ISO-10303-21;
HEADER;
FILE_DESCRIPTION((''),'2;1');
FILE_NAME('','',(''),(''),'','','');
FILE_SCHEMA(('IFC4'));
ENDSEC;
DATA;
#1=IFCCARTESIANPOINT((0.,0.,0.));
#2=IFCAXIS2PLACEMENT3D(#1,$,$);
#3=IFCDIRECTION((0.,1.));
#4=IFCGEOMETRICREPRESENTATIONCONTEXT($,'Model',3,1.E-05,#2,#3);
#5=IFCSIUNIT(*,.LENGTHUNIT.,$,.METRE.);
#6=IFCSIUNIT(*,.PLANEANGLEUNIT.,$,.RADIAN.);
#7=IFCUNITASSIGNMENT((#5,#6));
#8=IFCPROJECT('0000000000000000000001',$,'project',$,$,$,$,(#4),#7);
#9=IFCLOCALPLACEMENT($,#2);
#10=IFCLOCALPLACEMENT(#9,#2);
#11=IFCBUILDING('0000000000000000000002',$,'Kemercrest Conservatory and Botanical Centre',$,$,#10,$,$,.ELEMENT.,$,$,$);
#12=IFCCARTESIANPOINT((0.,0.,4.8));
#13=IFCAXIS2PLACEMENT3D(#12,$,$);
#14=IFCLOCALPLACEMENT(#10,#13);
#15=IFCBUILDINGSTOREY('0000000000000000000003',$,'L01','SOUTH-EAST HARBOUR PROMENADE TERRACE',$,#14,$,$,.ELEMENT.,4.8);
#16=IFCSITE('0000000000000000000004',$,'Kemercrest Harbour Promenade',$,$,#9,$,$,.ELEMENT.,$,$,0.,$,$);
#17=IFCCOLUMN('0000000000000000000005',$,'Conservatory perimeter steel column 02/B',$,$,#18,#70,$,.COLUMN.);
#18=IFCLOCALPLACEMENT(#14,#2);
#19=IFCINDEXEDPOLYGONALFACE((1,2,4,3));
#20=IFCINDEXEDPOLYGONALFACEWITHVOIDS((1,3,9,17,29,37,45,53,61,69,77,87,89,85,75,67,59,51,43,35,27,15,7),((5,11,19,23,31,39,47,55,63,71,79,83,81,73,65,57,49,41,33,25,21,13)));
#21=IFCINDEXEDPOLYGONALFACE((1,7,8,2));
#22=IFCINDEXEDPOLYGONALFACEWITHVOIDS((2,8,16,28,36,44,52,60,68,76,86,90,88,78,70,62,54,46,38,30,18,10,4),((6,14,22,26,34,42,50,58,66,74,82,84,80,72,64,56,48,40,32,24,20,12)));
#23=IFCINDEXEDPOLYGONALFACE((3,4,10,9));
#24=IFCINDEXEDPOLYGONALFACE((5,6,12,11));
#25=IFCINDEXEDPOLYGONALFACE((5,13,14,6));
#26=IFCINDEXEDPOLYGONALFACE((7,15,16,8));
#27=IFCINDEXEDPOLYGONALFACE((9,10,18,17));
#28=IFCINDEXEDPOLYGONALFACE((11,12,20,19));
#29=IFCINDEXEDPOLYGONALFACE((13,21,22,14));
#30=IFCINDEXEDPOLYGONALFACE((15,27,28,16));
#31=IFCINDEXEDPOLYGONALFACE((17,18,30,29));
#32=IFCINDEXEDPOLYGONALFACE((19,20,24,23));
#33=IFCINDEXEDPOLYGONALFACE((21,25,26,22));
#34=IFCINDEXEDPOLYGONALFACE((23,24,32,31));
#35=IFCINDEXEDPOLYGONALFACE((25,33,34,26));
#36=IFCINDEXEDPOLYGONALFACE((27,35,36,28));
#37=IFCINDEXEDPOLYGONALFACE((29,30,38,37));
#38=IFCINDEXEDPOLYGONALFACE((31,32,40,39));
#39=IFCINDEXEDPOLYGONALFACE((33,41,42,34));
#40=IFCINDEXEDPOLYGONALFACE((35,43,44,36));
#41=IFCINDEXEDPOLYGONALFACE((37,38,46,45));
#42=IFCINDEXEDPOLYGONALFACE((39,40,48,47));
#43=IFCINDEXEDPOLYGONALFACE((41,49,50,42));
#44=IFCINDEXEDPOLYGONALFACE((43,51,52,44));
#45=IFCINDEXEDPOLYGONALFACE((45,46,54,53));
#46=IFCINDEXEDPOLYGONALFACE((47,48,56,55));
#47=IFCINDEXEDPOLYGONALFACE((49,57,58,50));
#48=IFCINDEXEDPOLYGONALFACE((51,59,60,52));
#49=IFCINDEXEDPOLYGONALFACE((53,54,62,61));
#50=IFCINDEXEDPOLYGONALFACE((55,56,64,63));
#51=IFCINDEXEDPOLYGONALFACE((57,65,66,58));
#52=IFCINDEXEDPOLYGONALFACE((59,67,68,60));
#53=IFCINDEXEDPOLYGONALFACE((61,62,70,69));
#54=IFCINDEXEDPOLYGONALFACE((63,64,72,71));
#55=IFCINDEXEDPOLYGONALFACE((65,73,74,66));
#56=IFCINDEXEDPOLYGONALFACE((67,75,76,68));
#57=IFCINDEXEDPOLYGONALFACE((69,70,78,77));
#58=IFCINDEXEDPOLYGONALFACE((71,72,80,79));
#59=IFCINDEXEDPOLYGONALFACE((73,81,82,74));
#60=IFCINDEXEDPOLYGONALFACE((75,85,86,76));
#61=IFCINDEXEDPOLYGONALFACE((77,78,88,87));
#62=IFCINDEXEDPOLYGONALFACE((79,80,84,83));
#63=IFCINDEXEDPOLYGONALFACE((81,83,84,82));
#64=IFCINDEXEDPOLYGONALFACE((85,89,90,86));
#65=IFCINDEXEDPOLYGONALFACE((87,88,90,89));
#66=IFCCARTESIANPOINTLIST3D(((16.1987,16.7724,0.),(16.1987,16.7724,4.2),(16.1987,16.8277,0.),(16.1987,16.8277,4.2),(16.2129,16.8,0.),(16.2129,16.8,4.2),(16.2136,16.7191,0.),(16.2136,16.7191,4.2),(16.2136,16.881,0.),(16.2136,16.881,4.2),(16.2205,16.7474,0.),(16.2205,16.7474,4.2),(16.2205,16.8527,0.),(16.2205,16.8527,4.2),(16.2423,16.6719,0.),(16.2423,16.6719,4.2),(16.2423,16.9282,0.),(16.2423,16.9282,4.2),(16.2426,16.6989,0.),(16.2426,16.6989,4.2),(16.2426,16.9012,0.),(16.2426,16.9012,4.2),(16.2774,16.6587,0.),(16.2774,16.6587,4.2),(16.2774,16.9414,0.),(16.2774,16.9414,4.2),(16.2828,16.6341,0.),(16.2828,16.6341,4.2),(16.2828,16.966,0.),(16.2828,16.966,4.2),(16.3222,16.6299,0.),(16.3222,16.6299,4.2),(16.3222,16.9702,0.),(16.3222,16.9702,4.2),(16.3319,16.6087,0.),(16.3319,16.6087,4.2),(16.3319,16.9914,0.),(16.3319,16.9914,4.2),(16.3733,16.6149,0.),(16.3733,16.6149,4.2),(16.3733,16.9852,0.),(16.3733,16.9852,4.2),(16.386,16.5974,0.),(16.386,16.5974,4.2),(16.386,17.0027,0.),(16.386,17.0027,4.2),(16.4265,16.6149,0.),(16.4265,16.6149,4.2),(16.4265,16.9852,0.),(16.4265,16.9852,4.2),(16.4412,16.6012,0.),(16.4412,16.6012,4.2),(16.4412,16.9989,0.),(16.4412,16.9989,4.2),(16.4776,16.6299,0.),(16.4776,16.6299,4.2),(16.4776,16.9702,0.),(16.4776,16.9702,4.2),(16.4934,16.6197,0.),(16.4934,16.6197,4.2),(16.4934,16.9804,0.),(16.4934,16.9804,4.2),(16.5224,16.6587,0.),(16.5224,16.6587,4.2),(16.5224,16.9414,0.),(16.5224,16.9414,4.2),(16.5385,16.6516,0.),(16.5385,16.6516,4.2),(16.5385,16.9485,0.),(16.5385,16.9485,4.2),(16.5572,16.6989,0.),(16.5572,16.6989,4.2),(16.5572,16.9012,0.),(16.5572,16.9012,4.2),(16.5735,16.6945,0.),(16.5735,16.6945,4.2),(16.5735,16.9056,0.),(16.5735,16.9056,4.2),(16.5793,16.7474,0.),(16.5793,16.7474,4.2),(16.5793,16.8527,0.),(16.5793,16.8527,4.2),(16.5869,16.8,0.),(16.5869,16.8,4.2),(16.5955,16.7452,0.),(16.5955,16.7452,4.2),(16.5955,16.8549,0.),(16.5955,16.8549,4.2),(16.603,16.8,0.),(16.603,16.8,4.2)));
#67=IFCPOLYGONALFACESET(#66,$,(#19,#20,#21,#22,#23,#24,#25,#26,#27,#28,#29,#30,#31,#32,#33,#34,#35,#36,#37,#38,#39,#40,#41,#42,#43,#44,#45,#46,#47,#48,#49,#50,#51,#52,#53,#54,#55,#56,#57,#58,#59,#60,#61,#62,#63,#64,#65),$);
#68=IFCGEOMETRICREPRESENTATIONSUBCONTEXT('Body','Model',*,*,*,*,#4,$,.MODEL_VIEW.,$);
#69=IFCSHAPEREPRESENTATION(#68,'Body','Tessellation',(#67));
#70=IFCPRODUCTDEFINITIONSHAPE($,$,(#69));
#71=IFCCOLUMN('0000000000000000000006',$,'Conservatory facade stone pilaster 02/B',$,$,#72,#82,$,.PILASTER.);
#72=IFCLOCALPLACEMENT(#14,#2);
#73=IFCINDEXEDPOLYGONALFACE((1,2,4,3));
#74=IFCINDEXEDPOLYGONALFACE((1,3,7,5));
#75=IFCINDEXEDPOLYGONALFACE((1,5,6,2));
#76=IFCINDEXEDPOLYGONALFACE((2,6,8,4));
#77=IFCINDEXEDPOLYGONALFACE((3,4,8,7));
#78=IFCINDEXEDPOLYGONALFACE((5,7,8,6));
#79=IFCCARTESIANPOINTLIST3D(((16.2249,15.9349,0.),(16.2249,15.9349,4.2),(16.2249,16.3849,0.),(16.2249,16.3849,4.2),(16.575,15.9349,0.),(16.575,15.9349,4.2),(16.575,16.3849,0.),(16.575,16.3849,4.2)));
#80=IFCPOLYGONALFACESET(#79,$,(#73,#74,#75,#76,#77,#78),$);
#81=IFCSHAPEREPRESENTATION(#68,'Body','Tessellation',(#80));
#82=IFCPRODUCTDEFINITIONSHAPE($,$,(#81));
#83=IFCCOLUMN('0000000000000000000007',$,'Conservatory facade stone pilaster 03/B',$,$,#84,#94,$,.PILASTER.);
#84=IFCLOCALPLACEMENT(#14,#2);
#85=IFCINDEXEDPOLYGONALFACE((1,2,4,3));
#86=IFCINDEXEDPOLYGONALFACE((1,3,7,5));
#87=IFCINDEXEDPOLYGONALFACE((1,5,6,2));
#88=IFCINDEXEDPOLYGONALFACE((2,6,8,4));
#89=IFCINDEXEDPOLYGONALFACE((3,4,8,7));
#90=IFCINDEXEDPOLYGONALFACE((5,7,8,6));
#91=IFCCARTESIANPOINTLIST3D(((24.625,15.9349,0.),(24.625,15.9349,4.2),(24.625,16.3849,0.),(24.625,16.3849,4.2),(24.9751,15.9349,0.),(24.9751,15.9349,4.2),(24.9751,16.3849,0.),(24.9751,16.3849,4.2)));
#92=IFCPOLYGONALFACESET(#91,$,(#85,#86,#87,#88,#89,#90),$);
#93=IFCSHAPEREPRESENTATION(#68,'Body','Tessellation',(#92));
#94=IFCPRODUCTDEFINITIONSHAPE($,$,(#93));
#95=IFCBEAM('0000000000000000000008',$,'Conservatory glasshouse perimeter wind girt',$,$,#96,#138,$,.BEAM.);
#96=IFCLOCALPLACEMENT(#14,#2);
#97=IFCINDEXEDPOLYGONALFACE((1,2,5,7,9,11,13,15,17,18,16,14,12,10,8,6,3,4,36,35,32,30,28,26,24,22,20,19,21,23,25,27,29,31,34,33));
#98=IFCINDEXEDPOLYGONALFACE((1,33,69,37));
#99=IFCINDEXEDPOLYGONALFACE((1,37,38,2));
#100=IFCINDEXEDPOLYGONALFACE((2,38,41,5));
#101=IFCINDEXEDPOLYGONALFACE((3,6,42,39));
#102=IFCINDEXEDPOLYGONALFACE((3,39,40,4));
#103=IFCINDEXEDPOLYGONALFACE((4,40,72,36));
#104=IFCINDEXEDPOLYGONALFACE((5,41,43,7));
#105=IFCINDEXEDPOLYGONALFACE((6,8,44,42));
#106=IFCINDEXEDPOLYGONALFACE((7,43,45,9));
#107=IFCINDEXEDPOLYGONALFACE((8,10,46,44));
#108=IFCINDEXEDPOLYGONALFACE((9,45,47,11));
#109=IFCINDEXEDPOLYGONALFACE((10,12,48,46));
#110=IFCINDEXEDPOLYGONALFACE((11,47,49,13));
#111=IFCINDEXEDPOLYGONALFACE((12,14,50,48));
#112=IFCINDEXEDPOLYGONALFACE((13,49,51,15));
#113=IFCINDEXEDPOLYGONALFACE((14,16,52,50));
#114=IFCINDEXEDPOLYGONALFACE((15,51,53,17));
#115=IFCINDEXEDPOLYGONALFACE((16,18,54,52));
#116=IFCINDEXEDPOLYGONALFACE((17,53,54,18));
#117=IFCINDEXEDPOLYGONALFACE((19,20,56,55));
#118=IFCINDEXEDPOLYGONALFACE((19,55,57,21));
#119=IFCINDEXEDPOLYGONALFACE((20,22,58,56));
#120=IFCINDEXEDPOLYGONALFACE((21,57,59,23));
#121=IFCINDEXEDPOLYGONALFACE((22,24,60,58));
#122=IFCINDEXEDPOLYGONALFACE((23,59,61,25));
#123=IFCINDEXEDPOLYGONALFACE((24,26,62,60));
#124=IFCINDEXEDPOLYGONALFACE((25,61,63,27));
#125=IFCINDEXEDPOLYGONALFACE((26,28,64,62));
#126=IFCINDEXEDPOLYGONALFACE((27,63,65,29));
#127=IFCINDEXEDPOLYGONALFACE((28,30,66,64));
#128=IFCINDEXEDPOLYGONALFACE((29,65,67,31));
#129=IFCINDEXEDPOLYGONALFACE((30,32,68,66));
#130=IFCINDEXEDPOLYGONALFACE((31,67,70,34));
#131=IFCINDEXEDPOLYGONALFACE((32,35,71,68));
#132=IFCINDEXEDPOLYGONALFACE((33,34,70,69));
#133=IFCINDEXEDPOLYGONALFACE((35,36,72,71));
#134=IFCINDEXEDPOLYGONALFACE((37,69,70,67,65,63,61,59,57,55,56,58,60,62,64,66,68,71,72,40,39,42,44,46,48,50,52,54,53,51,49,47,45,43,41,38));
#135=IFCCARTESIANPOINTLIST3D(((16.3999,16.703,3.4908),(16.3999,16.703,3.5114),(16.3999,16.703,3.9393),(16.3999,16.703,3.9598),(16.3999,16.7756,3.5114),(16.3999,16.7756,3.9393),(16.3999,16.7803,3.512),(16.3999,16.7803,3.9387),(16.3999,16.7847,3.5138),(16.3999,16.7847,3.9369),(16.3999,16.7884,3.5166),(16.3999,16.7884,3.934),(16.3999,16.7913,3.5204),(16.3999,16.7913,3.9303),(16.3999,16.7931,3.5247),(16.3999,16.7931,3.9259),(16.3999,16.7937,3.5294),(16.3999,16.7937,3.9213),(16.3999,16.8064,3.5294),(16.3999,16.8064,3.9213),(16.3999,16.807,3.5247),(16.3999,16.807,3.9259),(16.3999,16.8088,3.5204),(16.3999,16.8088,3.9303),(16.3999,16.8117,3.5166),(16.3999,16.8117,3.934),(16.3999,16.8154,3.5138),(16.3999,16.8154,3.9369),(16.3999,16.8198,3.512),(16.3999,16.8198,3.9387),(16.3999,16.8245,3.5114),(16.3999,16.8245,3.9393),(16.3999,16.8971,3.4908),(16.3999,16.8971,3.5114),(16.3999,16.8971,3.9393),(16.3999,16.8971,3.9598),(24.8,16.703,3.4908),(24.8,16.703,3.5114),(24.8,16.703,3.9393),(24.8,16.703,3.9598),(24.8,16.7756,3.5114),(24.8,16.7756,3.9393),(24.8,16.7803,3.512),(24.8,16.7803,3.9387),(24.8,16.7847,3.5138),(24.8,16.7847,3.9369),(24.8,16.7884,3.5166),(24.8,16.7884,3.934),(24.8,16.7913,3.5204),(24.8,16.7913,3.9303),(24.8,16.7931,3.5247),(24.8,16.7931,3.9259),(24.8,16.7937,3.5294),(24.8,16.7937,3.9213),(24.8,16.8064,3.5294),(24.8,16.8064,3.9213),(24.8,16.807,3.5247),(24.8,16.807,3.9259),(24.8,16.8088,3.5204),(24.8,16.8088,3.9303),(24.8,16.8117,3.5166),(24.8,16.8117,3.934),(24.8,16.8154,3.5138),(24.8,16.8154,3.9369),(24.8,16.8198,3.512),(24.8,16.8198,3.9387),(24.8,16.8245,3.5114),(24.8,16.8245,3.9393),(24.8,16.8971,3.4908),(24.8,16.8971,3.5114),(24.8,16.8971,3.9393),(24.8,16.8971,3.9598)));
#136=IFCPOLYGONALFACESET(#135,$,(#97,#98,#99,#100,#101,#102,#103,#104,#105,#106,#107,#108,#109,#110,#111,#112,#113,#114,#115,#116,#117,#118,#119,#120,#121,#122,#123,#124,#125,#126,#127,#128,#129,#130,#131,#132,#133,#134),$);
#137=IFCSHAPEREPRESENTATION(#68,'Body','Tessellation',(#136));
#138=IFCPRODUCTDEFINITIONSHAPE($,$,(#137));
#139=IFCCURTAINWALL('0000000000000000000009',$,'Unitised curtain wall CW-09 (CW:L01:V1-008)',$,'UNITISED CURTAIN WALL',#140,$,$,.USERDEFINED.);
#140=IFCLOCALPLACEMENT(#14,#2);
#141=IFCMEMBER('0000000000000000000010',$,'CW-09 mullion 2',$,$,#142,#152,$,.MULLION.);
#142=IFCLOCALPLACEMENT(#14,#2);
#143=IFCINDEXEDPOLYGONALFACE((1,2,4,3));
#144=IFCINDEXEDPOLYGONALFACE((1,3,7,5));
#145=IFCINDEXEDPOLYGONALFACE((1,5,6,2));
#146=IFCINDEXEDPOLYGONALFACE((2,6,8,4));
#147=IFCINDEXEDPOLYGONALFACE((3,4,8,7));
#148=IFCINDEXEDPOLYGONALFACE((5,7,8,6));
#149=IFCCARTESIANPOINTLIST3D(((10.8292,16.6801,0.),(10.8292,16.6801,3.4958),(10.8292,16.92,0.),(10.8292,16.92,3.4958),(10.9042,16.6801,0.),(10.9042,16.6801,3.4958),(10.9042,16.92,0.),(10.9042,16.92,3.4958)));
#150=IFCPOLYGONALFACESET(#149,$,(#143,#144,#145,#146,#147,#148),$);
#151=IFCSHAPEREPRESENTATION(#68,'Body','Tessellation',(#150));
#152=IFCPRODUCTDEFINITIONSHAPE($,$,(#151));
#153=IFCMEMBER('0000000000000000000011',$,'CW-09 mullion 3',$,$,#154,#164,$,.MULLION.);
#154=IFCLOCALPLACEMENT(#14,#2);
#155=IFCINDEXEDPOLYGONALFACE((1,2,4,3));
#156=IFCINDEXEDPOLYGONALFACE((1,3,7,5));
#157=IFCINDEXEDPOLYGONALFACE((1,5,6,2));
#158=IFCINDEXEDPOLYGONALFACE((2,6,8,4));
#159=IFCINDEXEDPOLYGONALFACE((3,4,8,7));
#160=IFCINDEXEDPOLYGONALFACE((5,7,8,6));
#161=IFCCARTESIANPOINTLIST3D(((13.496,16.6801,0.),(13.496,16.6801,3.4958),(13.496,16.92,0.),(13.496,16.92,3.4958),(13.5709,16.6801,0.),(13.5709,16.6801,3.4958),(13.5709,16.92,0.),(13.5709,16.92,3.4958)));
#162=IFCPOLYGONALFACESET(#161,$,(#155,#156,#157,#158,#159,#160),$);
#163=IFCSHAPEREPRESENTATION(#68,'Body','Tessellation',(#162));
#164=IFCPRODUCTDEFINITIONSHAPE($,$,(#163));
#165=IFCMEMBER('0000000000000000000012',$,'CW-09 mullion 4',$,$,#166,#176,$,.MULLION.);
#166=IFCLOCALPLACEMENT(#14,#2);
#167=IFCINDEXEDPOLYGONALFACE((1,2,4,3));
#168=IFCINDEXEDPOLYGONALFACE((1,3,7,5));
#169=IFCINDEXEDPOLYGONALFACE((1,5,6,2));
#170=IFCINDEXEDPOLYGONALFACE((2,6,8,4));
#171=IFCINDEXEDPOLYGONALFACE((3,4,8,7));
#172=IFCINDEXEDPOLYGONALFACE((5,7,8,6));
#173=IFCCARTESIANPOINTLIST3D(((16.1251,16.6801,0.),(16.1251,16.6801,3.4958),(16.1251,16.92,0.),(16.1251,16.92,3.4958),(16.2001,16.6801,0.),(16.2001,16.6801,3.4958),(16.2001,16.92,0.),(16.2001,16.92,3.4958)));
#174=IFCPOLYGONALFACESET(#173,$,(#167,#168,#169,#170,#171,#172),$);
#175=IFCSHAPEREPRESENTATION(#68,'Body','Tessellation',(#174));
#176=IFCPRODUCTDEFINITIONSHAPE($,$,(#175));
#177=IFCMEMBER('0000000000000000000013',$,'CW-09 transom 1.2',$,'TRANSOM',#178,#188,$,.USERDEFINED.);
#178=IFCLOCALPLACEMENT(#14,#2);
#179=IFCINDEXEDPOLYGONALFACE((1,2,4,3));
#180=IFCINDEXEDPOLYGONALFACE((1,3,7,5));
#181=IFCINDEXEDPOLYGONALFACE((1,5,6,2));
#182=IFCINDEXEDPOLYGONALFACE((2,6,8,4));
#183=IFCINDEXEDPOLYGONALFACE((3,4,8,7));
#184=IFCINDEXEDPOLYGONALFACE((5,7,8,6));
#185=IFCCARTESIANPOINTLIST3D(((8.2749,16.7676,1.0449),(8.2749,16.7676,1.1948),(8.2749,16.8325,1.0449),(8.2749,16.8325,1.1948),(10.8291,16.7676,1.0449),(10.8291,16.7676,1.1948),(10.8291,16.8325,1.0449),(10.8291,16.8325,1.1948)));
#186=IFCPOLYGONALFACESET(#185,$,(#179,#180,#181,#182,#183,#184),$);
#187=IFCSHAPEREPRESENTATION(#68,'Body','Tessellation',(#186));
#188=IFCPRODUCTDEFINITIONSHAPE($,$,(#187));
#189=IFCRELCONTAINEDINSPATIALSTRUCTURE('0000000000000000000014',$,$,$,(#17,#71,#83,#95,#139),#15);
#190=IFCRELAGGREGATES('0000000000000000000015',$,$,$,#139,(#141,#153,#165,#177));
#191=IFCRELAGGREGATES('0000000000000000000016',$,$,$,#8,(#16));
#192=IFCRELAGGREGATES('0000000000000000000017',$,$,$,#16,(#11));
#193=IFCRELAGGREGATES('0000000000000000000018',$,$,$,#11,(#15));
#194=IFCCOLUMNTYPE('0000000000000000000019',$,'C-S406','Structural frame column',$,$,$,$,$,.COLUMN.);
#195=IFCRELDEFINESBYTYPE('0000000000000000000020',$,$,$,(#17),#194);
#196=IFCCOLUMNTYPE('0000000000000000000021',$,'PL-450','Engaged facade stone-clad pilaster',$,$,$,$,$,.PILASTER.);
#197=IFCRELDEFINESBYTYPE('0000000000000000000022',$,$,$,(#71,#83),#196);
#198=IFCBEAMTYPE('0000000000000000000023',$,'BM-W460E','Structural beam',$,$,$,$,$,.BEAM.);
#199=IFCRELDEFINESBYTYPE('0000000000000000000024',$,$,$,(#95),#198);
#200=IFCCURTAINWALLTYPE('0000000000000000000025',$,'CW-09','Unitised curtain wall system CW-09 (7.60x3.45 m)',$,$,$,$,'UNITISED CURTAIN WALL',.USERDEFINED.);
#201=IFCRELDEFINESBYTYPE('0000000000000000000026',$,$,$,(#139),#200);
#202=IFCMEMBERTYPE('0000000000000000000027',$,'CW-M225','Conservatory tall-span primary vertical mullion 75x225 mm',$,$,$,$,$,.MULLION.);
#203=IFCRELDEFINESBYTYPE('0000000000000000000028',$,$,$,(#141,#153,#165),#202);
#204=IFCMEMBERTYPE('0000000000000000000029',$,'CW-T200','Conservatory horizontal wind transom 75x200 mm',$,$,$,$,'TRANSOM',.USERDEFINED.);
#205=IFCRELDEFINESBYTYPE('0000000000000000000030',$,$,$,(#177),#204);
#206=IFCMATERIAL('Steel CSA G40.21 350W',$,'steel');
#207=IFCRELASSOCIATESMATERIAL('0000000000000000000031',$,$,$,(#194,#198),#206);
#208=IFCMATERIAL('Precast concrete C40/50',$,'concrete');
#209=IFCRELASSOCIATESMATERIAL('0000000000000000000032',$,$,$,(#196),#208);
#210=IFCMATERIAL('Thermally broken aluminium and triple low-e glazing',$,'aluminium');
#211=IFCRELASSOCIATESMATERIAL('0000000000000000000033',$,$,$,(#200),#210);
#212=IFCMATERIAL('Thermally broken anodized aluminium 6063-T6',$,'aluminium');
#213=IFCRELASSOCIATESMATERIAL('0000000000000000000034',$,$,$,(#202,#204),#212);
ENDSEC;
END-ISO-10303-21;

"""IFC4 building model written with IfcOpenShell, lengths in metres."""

from ifc_helpers import new_model, si_unit, direction, frame, origin, origin_2d, place, context, subcontext, project, spatial, rectangle, hollow_circle, i_section, extrude, material, material_profile, profile_set, type_object, element, aggregate, save


model = new_model("IFC4")

# Units and contexts
model_context = context("Model", 3, precision=1e-05, world=origin(), true_north=direction((0.0, 1.0)))
body_context = subcontext(model_context, "Body", "Model", "MODEL_VIEW")
ifc_project = project(units=[si_unit("LENGTHUNIT", "METRE"), si_unit("PLANEANGLEUNIT", "RADIAN")], contexts=[model_context])

# Site, building, storey
site_placement = place(None, origin())
site = spatial("IfcSite", under=ifc_project, at=site_placement, Name="Kemercrest Harbour Promenade", CompositionType="ELEMENT", RefElevation=0.0)
building_placement = place(site_placement, origin())
building = spatial("IfcBuilding", under=site, at=building_placement, Name="Kemercrest Conservatory and Botanical Centre", CompositionType="ELEMENT")
storey_placement = place(building_placement, frame((0.0, 0.0, 4.8)))
storey = spatial("IfcBuildingStorey", under=building, at=storey_placement, Name="L01", Description="SOUTH-EAST HARBOUR PROMENADE TERRACE", CompositionType="ELEMENT", Elevation=4.8)

# Columns
ifc_material_1 = material(Name="Steel CSA G40.21 350W", Category="steel")
ifc_material_profile_1 = material_profile(ifc_material_1, hollow_circle(Radius=0.2031, WallThickness=0.0161, at=origin_2d()), Name="CHS 406.4x16.0")
ifc_profile_set_1 = profile_set([ifc_material_profile_1], Name="Steel CSA G40.21 350W")
column_type_1 = type_object("IfcColumnType", Name="C-S406", Description="Structural frame column", PredefinedType="COLUMN", material=ifc_profile_set_1)
column_placement = place(storey_placement, frame((16.3999, 16.8, 0.0), z_axis=(0.0, 0.0, 1.0), x_axis=(1.0, 0.0, 0.0)))
element("IfcColumn", 1, at=column_placement, inside=storey, type_object=column_type_1, Name="Conservatory perimeter steel column 02/B", PredefinedType="COLUMN", context=body_context, shape_type="SweptSolid", body=[
    extrude(hollow_circle(Radius=0.2031, WallThickness=0.0161, at=origin_2d()), origin(), (0.0, 0.0, 1.0), 4.2),
])
ifc_material_2 = material(Name="Precast concrete C40/50", Category="concrete")
ifc_material_profile_2 = material_profile(ifc_material_2, rectangle(XDim=0.3501, YDim=0.45, at=origin_2d()), Name="RC 450x350")
ifc_profile_set_2 = profile_set([ifc_material_profile_2], Name="Precast concrete C40/50")
column_type_2 = type_object("IfcColumnType", Name="PL-450", Description="Engaged facade stone-clad pilaster", PredefinedType="PILASTER", material=ifc_profile_set_2)
for number, where, z_axis, x_axis, name in (
    (2, (16.3999, 16.1599, 0.0), (0.0, 0.0, 1.0), (1.0, 0.0, 0.0), "Conservatory facade stone pilaster 02/B"),
    (3, (24.8, 16.1599, 0.0), (0.0, 0.0, 1.0), (1.0, 0.0, 0.0), "Conservatory facade stone pilaster 03/B"),
):
    element("IfcColumn", number, at=place(storey_placement, frame(where, z_axis=z_axis, x_axis=x_axis)), inside=storey, type_object=column_type_2, Name=name, PredefinedType="PILASTER", context=body_context, shape_type="SweptSolid", body=[
        extrude(rectangle(XDim=0.3501, YDim=0.45, at=origin_2d()), origin(), (0.0, 0.0, 1.0), 4.2),
    ])

# Beam
ifc_material_profile_3 = material_profile(ifc_material_1, i_section(OverallWidth=0.1941, OverallDepth=0.469, WebThickness=0.0127, FlangeThickness=0.0205, FilletRadius=0.0181, at=origin_2d()), Name="W460X106")
ifc_profile_set_3 = profile_set([ifc_material_profile_3], Name="Steel CSA G40.21 350W")
beam_type = type_object("IfcBeamType", Name="BM-W460E", Description="Structural beam", PredefinedType="BEAM", material=ifc_profile_set_3)
beam_placement = place(storey_placement, frame((16.3999, 16.8, 3.7253), z_axis=(1.0, 0.0, 0.0), x_axis=(0.0, 1.0, 0.0)))
element("IfcBeam", 4, at=beam_placement, inside=storey, type_object=beam_type, Name="Conservatory glasshouse perimeter wind girt", PredefinedType="BEAM", context=body_context, shape_type="SweptSolid", body=[
    extrude(i_section(OverallWidth=0.1941, OverallDepth=0.469, WebThickness=0.0127, FlangeThickness=0.0205, FilletRadius=0.0181, at=origin_2d()), origin(), (0.0, 0.0, 1.0), 8.4001),
])

# Curtain wall, members
ifc_material_3 = material(Name="Thermally broken aluminium and triple low-e glazing", Category="aluminium")
curtain_wall_type = type_object("IfcCurtainWallType", Name="CW-09", Description="Unitised curtain wall system CW-09 (7.60x3.45 m)", ElementType="UNITISED CURTAIN WALL", PredefinedType="USERDEFINED", material=ifc_material_3)
curtain_wall_placement = place(storey_placement, origin())
curtain_wall = element("IfcCurtainWall", 5, at=curtain_wall_placement, inside=storey, type_object=curtain_wall_type, Name="Unitised curtain wall CW-09 (CW:L01:V1-008)", ObjectType="UNITISED CURTAIN WALL", PredefinedType="USERDEFINED")
ifc_material_4 = material(Name="Thermally broken anodized aluminium 6063-T6", Category="aluminium")
ifc_material_profile_4 = material_profile(ifc_material_4, rectangle(XDim=0.24, YDim=0.075, at=origin_2d()), Name="AL MULLION 75x240")
ifc_profile_set_4 = profile_set([ifc_material_profile_4], Name="Thermally broken anodized aluminium 6063-T6")
member_type_1 = type_object("IfcMemberType", Name="CW-M225", Description="Conservatory tall-span primary vertical mullion 75x225 mm", PredefinedType="MULLION", material=ifc_profile_set_4)
member_1_placement = place(storey_placement, frame((10.8667, 16.8, 0.0), z_axis=(0.0, 0.0, 1.0), x_axis=(0.0, 1.0, 0.0)))
member_1 = element("IfcMember", 6, at=member_1_placement, type_object=member_type_1, Name="CW-09 mullion 2", PredefinedType="MULLION", context=body_context, shape_type="SweptSolid", body=[
    extrude(rectangle(XDim=0.24, YDim=0.075, at=origin_2d()), origin(), (0.0, 0.0, 1.0), 3.4958),
])
member_2_placement = place(storey_placement, frame((13.5334, 16.8, 0.0), z_axis=(0.0, 0.0, 1.0), x_axis=(0.0, 1.0, 0.0)))
member_2 = element("IfcMember", 7, at=member_2_placement, type_object=member_type_1, Name="CW-09 mullion 3", PredefinedType="MULLION", context=body_context, shape_type="SweptSolid", body=[
    extrude(rectangle(XDim=0.24, YDim=0.075, at=origin_2d()), origin(), (0.0, 0.0, 1.0), 3.4958),
])
member_3_placement = place(storey_placement, frame((16.1626, 16.8, 0.0), z_axis=(0.0, 0.0, 1.0), x_axis=(0.0, 1.0, 0.0)))
member_3 = element("IfcMember", 8, at=member_3_placement, type_object=member_type_1, Name="CW-09 mullion 4", PredefinedType="MULLION", context=body_context, shape_type="SweptSolid", body=[
    extrude(rectangle(XDim=0.24, YDim=0.075, at=origin_2d()), origin(), (0.0, 0.0, 1.0), 3.4958),
])
ifc_material_profile_5 = material_profile(ifc_material_4, rectangle(XDim=0.0649, YDim=0.1499, at=origin_2d()), Name="AL TRANSOM 65x150")
ifc_profile_set_5 = profile_set([ifc_material_profile_5], Name="Thermally broken anodized aluminium 6063-T6")
member_type_2 = type_object("IfcMemberType", Name="CW-T200", Description="Conservatory horizontal wind transom 75x200 mm", ElementType="TRANSOM", PredefinedType="USERDEFINED", material=ifc_profile_set_5)
member_4_placement = place(storey_placement, frame((8.2749, 16.8, 1.1199), z_axis=(1.0, 0.0, 0.0), x_axis=(0.0, 1.0, 0.0)))
member_4 = element("IfcMember", 9, at=member_4_placement, type_object=member_type_2, Name="CW-09 transom 1.2", ObjectType="TRANSOM", PredefinedType="USERDEFINED", context=body_context, shape_type="SweptSolid", body=[
    extrude(rectangle(XDim=0.0649, YDim=0.1499, at=origin_2d()), origin(), (0.0, 0.0, 1.0), 2.5542),
])
aggregate(curtain_wall, [member_1, member_2, member_3, member_4])

save(model, "model.ifc")
